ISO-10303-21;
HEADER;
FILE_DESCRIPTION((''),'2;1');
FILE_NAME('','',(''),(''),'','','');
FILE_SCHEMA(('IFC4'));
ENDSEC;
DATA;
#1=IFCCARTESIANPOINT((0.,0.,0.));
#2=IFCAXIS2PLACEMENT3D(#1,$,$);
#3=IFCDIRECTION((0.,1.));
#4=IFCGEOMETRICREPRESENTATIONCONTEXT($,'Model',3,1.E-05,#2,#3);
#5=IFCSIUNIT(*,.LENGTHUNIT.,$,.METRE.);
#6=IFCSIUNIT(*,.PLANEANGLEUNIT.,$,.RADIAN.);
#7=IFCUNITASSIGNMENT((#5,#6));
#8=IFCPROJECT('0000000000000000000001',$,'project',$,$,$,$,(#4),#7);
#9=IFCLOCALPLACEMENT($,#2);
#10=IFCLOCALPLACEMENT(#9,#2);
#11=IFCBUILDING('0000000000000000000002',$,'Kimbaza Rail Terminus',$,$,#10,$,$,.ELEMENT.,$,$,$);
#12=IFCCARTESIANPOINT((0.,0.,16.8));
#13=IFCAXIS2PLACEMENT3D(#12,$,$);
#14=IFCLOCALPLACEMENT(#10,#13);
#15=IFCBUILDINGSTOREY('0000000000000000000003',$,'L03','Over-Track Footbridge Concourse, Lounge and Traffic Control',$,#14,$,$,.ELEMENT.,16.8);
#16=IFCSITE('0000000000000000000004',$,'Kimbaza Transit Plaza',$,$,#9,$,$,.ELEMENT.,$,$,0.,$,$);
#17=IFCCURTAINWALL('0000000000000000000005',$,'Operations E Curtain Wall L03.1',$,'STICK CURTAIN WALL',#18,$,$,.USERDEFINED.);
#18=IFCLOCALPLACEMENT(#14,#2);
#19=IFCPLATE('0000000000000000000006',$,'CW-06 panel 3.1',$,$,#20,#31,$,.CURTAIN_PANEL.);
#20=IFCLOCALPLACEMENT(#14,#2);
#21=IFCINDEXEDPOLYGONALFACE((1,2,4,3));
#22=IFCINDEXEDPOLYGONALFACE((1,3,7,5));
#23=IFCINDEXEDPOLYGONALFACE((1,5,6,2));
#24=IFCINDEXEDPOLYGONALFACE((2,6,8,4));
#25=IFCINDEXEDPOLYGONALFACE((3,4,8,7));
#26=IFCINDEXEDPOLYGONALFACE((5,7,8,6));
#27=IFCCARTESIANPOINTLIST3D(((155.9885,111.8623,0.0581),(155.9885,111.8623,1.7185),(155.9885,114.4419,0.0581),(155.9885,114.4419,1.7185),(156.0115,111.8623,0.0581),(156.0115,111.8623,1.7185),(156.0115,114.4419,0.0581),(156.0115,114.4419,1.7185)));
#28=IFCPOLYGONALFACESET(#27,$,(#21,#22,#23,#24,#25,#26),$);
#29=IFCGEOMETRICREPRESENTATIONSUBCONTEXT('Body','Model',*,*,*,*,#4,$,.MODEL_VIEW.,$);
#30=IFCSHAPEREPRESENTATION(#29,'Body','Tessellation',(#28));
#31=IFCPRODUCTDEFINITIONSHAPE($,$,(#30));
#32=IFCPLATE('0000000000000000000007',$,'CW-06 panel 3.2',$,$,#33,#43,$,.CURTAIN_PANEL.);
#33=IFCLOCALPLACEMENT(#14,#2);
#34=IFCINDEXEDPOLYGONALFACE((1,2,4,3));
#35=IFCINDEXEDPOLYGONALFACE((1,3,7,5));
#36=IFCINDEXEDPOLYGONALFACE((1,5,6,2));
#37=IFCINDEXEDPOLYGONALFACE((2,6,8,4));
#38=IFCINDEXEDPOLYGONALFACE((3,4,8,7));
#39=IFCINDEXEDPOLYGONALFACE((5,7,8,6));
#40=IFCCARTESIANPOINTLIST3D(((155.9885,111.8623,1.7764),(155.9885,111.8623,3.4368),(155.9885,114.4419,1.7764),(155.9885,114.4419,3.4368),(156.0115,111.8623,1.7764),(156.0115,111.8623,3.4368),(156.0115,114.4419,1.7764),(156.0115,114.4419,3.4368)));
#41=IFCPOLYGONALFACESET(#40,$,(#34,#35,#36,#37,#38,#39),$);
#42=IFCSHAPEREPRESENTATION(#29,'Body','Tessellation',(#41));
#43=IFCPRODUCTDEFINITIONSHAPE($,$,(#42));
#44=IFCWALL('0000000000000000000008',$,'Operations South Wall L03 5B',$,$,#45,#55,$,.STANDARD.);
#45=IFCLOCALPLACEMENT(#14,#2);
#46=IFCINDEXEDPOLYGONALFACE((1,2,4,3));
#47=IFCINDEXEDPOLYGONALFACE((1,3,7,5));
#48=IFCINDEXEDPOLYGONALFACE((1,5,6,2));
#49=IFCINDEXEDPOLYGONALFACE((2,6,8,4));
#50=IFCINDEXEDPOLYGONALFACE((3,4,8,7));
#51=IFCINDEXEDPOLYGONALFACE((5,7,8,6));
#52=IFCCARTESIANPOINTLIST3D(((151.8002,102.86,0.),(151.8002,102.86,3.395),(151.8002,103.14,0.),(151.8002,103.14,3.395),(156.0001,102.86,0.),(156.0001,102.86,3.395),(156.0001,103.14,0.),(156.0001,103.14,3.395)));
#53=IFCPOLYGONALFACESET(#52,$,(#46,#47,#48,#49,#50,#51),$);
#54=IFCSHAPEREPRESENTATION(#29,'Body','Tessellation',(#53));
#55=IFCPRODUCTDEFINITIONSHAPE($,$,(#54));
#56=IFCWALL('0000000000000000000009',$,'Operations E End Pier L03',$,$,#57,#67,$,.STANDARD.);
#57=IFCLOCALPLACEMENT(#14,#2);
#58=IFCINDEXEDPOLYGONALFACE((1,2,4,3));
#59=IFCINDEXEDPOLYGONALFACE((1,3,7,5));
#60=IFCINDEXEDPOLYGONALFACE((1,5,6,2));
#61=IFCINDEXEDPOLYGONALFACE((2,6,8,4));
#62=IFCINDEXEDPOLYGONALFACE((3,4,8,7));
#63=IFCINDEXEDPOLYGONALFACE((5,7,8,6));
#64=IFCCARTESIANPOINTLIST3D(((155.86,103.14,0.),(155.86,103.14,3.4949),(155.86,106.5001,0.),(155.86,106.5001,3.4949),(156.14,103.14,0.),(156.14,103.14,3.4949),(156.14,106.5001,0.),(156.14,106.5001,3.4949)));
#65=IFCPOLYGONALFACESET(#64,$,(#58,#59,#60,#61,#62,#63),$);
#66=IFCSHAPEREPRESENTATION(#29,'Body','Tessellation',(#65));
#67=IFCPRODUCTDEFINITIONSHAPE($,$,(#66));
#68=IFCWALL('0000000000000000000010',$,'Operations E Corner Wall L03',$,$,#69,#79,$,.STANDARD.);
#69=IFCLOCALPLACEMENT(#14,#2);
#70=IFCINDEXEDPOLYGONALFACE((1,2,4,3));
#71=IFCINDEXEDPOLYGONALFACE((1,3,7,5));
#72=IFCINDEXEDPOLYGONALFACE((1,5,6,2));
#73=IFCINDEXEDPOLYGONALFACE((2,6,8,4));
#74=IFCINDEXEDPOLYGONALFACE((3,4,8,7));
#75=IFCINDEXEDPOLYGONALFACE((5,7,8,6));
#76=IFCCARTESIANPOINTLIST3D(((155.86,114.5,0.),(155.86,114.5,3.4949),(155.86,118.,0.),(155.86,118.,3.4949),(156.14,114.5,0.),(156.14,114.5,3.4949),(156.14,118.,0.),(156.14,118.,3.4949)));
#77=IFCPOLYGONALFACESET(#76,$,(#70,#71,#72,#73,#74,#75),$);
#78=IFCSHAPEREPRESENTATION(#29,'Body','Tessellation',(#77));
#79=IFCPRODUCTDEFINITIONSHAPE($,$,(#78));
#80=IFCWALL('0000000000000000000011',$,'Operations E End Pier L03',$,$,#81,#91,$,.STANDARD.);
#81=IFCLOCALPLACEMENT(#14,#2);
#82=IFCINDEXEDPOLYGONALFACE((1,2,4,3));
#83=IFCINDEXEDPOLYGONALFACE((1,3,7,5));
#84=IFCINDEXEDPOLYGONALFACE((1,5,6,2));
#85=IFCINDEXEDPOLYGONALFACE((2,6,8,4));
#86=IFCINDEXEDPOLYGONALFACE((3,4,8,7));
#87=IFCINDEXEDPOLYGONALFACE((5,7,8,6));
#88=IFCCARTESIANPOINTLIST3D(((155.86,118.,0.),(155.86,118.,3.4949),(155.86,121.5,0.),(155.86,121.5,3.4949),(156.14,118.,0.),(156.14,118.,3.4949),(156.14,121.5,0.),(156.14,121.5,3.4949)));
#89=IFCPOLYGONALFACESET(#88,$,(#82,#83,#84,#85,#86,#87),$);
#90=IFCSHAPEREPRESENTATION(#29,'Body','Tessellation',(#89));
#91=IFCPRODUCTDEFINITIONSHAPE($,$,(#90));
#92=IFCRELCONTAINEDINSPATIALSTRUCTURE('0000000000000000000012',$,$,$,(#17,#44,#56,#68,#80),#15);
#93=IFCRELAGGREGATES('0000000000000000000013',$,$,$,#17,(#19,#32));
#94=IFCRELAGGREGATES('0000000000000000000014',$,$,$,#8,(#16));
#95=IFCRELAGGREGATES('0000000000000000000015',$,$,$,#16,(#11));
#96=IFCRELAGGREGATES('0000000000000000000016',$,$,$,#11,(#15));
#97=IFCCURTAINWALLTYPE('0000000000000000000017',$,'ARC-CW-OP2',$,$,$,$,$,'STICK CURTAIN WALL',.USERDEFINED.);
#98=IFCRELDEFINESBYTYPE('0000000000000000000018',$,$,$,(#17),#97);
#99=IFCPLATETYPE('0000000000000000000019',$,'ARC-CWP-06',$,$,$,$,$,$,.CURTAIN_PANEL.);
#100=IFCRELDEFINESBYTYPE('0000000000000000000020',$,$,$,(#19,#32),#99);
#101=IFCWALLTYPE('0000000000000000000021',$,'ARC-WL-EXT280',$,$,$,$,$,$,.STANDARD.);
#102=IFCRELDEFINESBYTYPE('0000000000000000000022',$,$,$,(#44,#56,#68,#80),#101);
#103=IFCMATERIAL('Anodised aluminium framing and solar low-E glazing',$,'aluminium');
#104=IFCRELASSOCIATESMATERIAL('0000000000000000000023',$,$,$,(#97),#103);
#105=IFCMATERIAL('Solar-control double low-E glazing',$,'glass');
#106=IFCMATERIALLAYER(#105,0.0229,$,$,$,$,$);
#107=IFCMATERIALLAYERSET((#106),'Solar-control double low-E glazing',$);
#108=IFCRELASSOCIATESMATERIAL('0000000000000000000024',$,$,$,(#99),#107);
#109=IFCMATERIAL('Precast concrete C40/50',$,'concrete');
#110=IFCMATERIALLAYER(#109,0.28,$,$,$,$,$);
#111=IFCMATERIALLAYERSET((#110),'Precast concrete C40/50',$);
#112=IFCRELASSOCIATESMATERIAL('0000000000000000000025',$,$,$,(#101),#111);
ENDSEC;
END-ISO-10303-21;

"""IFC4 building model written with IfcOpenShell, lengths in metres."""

from ifc_helpers import new_model, si_unit, direction, frame, frame_2d, origin, origin_2d, place, context, subcontext, project, spatial, rectangle, extrude, material, layer, layer_set, type_object, element, aggregate, save


model = new_model("IFC4")

# Units and contexts
model_context = context("Model", 3, precision=1e-05, world=origin(), true_north=direction((0.0, 1.0)))
body_context = subcontext(model_context, "Body", "Model", "MODEL_VIEW")
ifc_project = project(units=[si_unit("LENGTHUNIT", "METRE"), si_unit("PLANEANGLEUNIT", "RADIAN")], contexts=[model_context])

# Site, building, storey
site_placement = place(None, origin())
site = spatial("IfcSite", under=ifc_project, at=site_placement, Name="Kimbaza Transit Plaza", CompositionType="ELEMENT", RefElevation=0.0)
building_placement = place(site_placement, origin())
building = spatial("IfcBuilding", under=site, at=building_placement, Name="Kimbaza Rail Terminus", CompositionType="ELEMENT")
storey_placement = place(building_placement, frame((0.0, 0.0, 16.8)))
storey = spatial("IfcBuildingStorey", under=building, at=storey_placement, Name="L03", Description="Over-Track Footbridge Concourse, Lounge and Traffic Control", CompositionType="ELEMENT", Elevation=16.8)

# Shared definitions
ifc_material_1 = material(Name="Anodised aluminium framing and solar low-E glazing", Category="aluminium")
curtain_wall_type = type_object("IfcCurtainWallType", Name="ARC-CW-OP2", ElementType="STICK CURTAIN WALL", PredefinedType="USERDEFINED", material=ifc_material_1)

# Curtain wall
curtain_wall_1_placement = place(storey_placement, origin())
curtain_wall_1 = element("IfcCurtainWall", 1, at=curtain_wall_1_placement, inside=storey, type_object=curtain_wall_type, Name="Operations E Curtain Wall L03.1", ObjectType="STICK CURTAIN WALL", PredefinedType="USERDEFINED")

# Plates
ifc_material_2 = material(Name="Solar-control double low-E glazing", Category="glass")
ifc_layer_1 = layer(ifc_material_2, 0.0229)
ifc_layer_set_1 = layer_set([ifc_layer_1], Name="Solar-control double low-E glazing")
plate_type = type_object("IfcPlateType", Name="ARC-CWP-06", PredefinedType="CURTAIN_PANEL", material=ifc_layer_set_1)
plate_1_placement = place(storey_placement, frame((156.0, 113.1521, 0.0581), z_axis=(0.0, 0.0, 1.0), x_axis=(0.0, 1.0, 0.0)))
plate_1 = element("IfcPlate", 2, at=plate_1_placement, type_object=plate_type, Name="CW-06 panel 3.1", PredefinedType="CURTAIN_PANEL", context=body_context, shape_type="SweptSolid", body=[
    extrude(rectangle(XDim=2.5796, YDim=0.0229, at=origin_2d()), origin(), (0.0, 0.0, 1.0), 1.6604),
])
plate_2_placement = place(storey_placement, frame((156.0, 113.1521, 1.7764), z_axis=(0.0, 0.0, 1.0), x_axis=(0.0, 1.0, 0.0)))
plate_2 = element("IfcPlate", 3, at=plate_2_placement, type_object=plate_type, Name="CW-06 panel 3.2", PredefinedType="CURTAIN_PANEL", context=body_context, shape_type="SweptSolid", body=[
    extrude(rectangle(XDim=2.5796, YDim=0.0229, at=origin_2d()), origin(), (0.0, 0.0, 1.0), 1.6604),
])
aggregate(curtain_wall_1, [plate_1, plate_2])

# Walls
ifc_material_3 = material(Name="Precast concrete C40/50", Category="concrete")
ifc_layer_2 = layer(ifc_material_3, 0.28)
ifc_layer_set_2 = layer_set([ifc_layer_2], Name="Precast concrete C40/50")
wall_type = type_object("IfcWallType", Name="ARC-WL-EXT280", PredefinedType="STANDARD", material=ifc_layer_set_2)
wall_1_placement = place(storey_placement, frame((151.8, 103.0, 0.0), z_axis=(0.0, 0.0, 1.0), x_axis=(1.0, 0.0, 0.0)))
element("IfcWall", 4, at=wall_1_placement, inside=storey, type_object=wall_type, Name="Operations South Wall L03 5B", PredefinedType="STANDARD", context=body_context, shape_type="SweptSolid", body=[
    extrude(rectangle(XDim=4.2, YDim=0.28, at=frame_2d((2.1001, 0.0))), origin(), (0.0, 0.0, 1.0), 3.395),
])
wall_2_placement = place(storey_placement, frame((156.0, 103.1399, 0.0), z_axis=(0.0, 0.0, 1.0), x_axis=(0.0, 1.0, 0.0)))
element("IfcWall", 5, at=wall_2_placement, inside=storey, type_object=wall_type, Name="Operations E End Pier L03", PredefinedType="STANDARD", context=body_context, shape_type="SweptSolid", body=[
    extrude(rectangle(XDim=3.3601, YDim=0.28, at=frame_2d((1.6802, 0.0))), origin(), (0.0, 0.0, 1.0), 3.4949),
])
for number, where, z_axis, x_axis, name in (
    (6, (156.0, 114.5, 0.0), (0.0, 0.0, 1.0), (0.0, 1.0, 0.0), "Operations E Corner Wall L03"),
    (7, (156.0, 118.0, 0.0), (0.0, 0.0, 1.0), (0.0, 1.0, 0.0), "Operations E End Pier L03"),
):
    element("IfcWall", number, at=place(storey_placement, frame(where, z_axis=z_axis, x_axis=x_axis)), inside=storey, type_object=wall_type, Name=name, PredefinedType="STANDARD", context=body_context, shape_type="SweptSolid", body=[
        extrude(rectangle(XDim=3.5, YDim=0.28, at=frame_2d((1.75, 0.0))), origin(), (0.0, 0.0, 1.0), 3.4949),
    ])

save(model, "model.ifc")
